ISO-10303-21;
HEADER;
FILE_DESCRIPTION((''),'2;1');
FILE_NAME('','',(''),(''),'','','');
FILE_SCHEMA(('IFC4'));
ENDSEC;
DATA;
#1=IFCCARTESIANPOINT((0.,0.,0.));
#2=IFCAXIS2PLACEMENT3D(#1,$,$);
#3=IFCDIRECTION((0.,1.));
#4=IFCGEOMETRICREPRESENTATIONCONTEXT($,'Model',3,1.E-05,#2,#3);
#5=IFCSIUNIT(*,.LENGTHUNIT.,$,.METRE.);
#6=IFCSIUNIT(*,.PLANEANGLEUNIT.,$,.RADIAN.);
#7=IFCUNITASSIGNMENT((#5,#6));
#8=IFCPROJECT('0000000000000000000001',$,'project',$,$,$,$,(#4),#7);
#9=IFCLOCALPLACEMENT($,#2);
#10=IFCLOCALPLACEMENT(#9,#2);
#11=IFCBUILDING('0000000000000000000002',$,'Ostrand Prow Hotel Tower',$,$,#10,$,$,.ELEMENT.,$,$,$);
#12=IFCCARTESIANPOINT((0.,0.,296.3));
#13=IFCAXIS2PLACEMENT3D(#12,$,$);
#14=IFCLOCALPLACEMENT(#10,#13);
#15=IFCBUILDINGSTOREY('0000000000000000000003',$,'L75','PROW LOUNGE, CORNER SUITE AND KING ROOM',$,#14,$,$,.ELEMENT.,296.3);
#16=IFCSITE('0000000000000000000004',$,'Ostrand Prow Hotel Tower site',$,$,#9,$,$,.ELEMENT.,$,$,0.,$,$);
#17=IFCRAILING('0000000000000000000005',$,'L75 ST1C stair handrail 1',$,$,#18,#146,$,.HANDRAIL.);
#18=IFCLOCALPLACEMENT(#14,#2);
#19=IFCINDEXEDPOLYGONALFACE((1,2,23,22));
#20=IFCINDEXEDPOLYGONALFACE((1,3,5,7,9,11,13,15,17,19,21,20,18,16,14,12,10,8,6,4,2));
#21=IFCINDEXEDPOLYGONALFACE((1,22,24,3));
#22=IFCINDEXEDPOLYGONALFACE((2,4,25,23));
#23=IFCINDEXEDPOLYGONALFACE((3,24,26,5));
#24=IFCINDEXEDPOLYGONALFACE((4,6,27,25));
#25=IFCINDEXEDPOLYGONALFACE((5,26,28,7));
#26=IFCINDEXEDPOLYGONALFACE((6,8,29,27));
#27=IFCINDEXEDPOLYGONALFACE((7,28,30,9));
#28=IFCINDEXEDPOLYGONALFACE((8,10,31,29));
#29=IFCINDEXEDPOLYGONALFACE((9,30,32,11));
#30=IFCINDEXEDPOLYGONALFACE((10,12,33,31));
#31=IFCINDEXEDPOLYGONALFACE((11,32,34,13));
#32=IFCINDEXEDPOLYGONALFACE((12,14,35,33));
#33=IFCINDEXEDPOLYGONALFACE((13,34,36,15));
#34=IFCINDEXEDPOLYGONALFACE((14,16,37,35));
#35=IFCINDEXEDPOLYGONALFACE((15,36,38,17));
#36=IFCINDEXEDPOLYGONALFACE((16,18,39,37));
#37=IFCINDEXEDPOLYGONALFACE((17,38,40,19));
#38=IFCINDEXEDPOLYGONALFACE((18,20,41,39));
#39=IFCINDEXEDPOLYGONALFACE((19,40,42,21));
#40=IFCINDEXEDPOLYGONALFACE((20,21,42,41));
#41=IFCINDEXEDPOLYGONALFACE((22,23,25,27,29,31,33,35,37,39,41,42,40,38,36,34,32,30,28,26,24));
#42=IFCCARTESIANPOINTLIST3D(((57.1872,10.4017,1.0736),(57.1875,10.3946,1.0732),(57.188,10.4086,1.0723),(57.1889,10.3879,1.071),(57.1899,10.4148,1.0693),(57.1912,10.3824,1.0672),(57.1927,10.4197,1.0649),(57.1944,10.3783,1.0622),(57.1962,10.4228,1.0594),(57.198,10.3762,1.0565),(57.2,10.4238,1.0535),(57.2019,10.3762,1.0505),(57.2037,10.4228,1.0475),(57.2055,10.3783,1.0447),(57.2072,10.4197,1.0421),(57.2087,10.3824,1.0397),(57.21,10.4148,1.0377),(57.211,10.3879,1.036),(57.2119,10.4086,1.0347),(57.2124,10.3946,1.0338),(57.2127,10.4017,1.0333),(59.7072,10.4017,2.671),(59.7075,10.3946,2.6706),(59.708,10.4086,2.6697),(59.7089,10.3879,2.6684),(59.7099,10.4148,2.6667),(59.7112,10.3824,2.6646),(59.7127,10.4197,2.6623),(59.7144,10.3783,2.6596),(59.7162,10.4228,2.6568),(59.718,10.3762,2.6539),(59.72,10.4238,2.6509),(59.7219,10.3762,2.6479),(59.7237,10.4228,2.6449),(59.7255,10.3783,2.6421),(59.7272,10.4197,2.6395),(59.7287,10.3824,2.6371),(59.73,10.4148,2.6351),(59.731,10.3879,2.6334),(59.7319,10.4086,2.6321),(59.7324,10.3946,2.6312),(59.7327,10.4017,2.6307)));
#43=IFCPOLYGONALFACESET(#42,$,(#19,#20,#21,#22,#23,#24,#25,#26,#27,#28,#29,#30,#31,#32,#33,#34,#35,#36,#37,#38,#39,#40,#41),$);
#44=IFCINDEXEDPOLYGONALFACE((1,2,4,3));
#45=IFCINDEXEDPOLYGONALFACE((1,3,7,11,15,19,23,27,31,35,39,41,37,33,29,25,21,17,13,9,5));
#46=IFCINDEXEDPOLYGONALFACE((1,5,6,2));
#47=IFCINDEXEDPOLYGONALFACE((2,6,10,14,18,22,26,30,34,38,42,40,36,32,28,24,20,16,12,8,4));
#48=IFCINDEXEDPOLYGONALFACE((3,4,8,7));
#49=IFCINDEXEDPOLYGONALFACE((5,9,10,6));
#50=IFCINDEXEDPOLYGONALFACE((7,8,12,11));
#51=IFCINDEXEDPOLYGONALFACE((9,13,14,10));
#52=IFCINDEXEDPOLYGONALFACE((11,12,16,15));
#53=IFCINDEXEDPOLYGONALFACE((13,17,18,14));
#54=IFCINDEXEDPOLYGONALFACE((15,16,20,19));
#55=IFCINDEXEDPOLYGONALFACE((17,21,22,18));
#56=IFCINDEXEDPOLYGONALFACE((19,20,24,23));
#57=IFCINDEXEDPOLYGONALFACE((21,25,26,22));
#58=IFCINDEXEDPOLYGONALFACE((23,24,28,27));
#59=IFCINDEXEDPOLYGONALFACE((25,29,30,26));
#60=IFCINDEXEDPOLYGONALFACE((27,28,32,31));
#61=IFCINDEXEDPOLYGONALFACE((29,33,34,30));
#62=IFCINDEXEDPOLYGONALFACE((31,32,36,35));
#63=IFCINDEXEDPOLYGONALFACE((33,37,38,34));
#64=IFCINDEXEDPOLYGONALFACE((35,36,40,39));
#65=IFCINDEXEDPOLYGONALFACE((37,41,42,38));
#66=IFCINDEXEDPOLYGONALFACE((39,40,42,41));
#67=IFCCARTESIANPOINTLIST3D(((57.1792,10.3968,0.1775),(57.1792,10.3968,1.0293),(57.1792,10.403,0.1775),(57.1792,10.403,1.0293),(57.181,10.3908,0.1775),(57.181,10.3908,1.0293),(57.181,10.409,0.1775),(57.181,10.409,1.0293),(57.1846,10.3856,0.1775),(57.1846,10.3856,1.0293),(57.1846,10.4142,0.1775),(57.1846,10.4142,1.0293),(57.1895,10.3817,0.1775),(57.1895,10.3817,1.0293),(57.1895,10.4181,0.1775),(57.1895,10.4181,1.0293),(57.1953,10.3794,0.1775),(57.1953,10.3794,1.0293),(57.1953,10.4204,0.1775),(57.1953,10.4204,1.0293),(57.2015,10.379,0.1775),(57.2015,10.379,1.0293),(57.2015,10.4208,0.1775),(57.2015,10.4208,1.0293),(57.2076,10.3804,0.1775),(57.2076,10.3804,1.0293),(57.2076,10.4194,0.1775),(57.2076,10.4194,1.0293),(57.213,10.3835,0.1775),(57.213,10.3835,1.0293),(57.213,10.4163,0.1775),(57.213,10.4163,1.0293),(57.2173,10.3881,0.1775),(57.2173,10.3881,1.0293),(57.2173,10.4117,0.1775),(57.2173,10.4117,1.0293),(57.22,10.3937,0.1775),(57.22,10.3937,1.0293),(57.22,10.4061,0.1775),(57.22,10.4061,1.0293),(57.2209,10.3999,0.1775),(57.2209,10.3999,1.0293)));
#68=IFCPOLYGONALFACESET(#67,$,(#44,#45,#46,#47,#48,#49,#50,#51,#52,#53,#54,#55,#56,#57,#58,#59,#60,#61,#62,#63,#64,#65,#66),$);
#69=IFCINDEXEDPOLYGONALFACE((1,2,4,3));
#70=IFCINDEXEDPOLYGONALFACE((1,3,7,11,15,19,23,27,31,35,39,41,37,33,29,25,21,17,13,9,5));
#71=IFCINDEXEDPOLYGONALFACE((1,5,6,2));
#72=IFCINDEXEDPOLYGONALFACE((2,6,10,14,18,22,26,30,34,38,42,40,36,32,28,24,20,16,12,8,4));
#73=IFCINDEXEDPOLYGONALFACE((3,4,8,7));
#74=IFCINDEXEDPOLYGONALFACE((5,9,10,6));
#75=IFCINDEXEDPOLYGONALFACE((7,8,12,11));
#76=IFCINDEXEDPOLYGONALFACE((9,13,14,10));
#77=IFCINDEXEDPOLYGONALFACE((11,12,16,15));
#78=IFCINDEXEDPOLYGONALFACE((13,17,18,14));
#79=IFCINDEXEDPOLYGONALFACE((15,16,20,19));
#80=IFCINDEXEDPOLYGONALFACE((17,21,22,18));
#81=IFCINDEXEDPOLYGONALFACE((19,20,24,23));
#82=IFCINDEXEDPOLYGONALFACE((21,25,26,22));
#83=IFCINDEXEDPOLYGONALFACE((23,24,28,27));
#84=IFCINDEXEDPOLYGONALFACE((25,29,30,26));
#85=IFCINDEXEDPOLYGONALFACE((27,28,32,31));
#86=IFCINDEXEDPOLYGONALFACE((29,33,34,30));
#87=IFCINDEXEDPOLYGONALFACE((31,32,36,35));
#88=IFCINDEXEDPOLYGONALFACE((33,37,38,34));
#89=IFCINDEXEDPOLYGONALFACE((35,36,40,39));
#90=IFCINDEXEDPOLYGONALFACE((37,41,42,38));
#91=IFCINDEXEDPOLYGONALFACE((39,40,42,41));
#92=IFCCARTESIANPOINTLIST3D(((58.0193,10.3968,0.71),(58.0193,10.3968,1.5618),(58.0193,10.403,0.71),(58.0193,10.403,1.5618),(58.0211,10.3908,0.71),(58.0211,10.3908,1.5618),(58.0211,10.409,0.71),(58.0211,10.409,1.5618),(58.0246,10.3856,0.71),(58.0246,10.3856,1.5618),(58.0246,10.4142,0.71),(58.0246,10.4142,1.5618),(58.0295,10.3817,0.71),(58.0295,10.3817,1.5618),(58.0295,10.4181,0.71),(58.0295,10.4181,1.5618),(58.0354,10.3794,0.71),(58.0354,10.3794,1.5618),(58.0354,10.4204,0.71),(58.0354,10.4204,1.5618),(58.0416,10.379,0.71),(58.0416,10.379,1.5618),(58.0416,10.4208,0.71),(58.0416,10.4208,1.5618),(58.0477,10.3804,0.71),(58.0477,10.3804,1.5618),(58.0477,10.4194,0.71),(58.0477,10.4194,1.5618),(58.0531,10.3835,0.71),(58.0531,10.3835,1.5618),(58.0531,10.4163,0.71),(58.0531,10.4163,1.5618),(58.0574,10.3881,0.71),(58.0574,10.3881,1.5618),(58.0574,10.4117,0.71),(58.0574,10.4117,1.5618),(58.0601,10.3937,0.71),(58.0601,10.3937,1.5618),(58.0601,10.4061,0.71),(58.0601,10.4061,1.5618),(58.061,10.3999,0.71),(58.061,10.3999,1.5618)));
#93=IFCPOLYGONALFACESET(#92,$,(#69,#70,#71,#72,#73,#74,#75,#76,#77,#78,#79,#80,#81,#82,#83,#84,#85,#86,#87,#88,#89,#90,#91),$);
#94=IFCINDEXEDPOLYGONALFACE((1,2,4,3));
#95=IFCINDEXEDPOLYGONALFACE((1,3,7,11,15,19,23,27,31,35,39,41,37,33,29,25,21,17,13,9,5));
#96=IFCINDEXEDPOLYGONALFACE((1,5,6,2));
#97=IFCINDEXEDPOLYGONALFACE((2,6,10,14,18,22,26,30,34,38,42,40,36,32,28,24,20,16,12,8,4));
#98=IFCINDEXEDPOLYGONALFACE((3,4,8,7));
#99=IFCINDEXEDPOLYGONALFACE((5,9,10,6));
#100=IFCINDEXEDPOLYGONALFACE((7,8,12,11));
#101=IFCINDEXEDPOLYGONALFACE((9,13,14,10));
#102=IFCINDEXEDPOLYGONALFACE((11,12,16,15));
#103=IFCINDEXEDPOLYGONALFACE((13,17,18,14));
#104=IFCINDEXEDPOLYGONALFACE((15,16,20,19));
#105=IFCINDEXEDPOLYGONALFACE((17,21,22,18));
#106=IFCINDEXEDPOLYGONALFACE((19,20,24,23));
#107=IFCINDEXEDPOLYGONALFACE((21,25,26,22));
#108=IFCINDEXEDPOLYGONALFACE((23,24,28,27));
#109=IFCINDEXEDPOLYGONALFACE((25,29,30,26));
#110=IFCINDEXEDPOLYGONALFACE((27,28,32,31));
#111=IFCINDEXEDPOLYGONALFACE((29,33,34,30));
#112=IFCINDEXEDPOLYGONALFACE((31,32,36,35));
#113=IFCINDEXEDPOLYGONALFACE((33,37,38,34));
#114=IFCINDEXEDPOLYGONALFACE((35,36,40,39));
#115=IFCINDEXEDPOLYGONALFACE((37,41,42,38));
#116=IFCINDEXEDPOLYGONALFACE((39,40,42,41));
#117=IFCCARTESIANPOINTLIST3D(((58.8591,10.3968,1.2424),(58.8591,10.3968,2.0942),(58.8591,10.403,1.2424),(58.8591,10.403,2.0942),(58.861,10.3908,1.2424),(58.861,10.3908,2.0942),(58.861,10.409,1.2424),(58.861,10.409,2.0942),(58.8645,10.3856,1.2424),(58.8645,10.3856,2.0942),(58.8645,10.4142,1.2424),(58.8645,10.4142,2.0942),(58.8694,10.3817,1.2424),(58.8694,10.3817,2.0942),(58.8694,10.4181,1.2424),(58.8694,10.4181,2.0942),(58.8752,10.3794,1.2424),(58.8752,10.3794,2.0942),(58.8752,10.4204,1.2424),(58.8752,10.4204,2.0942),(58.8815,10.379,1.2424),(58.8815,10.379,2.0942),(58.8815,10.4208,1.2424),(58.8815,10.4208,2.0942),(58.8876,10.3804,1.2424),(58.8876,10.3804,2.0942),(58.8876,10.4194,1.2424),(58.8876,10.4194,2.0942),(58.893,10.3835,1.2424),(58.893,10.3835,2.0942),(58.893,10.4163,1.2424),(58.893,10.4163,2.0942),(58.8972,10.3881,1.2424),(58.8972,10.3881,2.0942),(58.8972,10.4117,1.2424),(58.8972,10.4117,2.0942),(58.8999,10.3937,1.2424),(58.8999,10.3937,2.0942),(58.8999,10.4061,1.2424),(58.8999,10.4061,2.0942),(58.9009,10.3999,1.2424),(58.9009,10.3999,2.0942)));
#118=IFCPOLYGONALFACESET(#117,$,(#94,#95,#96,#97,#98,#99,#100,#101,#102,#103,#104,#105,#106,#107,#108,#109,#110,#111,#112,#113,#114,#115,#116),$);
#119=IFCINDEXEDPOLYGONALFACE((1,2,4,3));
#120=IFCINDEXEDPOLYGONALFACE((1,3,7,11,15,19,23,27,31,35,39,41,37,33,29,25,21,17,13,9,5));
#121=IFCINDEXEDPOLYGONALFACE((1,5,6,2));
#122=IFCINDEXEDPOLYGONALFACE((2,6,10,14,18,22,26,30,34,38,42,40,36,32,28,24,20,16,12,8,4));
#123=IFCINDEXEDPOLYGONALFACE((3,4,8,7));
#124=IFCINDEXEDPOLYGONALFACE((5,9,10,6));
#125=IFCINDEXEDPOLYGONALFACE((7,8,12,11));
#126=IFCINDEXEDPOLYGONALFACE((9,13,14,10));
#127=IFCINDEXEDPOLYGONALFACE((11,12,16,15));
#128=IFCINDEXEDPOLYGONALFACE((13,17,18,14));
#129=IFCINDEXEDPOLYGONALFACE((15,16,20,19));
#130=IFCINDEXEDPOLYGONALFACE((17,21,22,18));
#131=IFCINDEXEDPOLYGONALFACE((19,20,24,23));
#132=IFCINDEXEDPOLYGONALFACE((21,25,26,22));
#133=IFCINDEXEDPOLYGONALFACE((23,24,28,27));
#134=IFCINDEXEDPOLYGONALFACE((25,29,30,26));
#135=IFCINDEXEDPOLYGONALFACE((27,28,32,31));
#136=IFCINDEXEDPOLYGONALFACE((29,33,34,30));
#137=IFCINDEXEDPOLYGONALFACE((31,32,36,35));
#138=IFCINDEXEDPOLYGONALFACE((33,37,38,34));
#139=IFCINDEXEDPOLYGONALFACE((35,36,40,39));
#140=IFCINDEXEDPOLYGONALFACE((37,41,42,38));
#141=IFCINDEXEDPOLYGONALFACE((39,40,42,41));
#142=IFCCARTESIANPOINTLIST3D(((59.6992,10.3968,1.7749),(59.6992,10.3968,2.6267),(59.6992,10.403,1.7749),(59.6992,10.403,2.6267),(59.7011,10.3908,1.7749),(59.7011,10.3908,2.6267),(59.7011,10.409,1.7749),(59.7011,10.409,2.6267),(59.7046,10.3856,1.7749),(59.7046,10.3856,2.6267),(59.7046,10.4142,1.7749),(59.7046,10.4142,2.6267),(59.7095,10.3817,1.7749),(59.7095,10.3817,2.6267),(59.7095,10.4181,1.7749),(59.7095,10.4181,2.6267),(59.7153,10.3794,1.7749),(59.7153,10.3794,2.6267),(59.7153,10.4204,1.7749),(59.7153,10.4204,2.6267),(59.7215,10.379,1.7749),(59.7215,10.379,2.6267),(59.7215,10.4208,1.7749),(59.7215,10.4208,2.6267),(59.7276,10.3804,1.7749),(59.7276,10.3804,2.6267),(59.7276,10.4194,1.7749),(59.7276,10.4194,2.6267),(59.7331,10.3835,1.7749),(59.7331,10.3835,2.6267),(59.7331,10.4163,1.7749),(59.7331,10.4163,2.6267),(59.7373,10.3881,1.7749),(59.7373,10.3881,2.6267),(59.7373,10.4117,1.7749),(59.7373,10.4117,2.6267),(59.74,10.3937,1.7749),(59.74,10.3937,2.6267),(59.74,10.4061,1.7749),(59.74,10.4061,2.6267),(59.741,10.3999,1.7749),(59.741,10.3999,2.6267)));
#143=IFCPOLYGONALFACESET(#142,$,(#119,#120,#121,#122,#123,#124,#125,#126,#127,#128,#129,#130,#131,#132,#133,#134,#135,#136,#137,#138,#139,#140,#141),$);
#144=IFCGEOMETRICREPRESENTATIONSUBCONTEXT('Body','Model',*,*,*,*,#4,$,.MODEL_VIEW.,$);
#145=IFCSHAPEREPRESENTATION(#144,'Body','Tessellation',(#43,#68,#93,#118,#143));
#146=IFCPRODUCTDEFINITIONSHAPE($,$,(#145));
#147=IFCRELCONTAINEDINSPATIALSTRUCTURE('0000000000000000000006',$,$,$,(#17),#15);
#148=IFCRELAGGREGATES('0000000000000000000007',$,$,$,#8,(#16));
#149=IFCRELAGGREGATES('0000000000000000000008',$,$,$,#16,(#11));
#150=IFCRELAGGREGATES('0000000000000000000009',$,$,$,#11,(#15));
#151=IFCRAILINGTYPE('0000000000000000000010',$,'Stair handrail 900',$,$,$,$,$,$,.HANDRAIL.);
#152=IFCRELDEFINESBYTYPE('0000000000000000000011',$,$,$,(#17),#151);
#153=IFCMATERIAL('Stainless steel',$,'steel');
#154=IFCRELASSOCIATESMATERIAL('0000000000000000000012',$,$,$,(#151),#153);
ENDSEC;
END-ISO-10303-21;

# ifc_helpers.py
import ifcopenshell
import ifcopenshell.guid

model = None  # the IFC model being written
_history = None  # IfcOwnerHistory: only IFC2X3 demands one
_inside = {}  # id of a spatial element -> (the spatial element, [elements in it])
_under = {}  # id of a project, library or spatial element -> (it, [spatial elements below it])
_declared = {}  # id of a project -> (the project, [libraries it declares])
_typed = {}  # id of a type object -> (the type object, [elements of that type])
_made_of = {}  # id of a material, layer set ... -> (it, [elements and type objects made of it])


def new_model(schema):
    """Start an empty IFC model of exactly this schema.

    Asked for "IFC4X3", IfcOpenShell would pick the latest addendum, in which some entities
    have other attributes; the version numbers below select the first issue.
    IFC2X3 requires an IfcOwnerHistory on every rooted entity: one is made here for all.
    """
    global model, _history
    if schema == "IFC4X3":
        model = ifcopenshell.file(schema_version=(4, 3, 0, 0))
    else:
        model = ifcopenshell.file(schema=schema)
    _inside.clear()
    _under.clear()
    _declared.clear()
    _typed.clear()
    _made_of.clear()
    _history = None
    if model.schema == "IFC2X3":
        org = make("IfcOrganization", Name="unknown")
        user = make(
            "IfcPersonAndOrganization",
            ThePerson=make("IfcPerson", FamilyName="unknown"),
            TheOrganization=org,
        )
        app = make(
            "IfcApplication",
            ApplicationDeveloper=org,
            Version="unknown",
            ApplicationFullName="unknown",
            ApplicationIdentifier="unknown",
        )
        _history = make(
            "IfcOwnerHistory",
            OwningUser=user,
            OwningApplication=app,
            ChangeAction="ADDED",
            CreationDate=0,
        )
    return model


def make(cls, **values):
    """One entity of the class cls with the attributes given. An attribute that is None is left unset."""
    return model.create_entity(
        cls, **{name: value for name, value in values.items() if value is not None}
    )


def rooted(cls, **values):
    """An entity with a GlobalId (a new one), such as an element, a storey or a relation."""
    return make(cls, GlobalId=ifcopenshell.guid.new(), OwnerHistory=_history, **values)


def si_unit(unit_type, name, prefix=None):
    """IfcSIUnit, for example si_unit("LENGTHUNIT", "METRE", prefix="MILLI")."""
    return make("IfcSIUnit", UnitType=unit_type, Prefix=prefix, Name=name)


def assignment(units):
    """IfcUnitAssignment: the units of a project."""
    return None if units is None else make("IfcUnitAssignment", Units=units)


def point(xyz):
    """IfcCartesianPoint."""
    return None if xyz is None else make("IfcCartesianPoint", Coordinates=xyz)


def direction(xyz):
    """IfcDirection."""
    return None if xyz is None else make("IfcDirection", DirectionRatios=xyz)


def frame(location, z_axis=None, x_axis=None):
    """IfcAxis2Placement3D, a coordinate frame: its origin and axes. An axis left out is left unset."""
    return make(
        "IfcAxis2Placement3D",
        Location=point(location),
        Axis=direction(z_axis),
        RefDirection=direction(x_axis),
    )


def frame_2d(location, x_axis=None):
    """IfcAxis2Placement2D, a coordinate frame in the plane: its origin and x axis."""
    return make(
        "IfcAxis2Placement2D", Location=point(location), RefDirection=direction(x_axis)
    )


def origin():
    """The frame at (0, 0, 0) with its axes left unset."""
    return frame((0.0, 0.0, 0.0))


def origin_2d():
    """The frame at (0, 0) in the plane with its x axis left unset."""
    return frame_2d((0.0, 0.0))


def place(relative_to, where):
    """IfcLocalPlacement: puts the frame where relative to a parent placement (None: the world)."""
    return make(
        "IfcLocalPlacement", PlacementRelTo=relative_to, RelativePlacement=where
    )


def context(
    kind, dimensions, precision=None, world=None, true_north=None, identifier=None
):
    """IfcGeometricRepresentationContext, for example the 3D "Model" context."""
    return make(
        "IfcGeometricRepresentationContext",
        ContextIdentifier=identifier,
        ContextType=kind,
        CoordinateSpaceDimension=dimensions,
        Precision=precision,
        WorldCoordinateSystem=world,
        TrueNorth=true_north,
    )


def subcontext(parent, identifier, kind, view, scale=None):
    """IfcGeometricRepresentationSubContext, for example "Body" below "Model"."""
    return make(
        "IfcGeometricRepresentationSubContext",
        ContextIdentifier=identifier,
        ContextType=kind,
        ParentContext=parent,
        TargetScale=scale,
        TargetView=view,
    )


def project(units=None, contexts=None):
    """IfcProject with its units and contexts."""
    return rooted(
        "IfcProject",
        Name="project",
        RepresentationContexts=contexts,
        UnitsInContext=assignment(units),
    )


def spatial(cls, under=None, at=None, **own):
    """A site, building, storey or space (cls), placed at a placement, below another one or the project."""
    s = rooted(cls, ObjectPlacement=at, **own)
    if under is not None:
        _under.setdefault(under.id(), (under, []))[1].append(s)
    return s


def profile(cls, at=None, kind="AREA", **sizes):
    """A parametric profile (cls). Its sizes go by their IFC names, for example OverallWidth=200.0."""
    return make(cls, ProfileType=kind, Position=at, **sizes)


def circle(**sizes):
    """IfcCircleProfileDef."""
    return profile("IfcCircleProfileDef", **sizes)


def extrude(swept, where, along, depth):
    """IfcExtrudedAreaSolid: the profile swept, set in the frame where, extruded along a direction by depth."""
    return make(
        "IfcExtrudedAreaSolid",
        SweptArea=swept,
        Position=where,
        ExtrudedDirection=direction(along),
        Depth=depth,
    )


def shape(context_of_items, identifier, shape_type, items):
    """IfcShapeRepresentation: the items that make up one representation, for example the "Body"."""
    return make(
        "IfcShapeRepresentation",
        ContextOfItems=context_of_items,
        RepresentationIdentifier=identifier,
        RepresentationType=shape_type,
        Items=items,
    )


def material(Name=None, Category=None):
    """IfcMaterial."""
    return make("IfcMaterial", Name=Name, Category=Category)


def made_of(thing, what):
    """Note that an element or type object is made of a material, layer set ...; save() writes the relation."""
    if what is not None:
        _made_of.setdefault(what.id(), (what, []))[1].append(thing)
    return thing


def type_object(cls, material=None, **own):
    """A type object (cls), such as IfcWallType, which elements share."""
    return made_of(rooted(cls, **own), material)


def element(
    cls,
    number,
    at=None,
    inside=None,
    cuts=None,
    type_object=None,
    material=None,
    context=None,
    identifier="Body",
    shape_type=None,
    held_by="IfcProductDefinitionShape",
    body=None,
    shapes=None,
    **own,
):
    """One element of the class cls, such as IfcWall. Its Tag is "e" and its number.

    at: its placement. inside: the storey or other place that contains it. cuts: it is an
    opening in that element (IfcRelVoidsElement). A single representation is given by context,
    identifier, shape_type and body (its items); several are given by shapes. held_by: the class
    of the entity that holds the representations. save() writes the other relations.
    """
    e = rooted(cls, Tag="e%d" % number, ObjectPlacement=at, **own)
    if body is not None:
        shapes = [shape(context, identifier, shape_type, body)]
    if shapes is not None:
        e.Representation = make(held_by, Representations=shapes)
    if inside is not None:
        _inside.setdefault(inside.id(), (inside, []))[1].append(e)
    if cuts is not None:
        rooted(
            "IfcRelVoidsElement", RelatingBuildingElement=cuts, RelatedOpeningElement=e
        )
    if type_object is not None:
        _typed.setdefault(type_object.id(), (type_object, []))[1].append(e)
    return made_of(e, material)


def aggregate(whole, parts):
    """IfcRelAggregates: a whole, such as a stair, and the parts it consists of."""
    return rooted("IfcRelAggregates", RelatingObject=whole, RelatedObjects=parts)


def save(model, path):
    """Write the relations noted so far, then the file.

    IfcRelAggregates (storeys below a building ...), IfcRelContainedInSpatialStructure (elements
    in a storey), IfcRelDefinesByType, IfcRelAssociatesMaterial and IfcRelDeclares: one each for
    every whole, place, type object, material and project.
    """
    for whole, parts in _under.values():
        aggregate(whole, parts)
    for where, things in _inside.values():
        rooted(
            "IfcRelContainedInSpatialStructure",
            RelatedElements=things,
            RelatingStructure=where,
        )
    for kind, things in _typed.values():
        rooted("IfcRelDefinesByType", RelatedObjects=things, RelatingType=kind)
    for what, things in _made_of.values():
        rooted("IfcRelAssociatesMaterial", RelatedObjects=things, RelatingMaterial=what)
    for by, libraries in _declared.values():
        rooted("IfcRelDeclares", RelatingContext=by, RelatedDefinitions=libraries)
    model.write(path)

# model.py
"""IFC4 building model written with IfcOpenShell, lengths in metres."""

from ifc_helpers import new_model, si_unit, direction, frame, origin, origin_2d, place, context, subcontext, project, spatial, circle, extrude, material, type_object, element, save


model = new_model("IFC4")

# Units and contexts
model_context = context("Model", 3, precision=1e-05, world=origin(), true_north=direction((0.0, 1.0)))
body_context = subcontext(model_context, "Body", "Model", "MODEL_VIEW")
ifc_project = project(units=[si_unit("LENGTHUNIT", "METRE"), si_unit("PLANEANGLEUNIT", "RADIAN")], contexts=[model_context])

# Site, building, storey
site_placement = place(None, origin())
site = spatial("IfcSite", under=ifc_project, at=site_placement, Name="Ostrand Prow Hotel Tower site", CompositionType="ELEMENT", RefElevation=0.0)
building_placement = place(site_placement, origin())
building = spatial("IfcBuilding", under=site, at=building_placement, Name="Ostrand Prow Hotel Tower", CompositionType="ELEMENT")
storey_placement = place(building_placement, frame((0.0, 0.0, 296.3)))
storey = spatial("IfcBuildingStorey", under=building, at=storey_placement, Name="L75", Description="PROW LOUNGE, CORNER SUITE AND KING ROOM", CompositionType="ELEMENT", Elevation=296.3)

# Railing
ifc_material_1 = material(Name="Stainless steel", Category="steel")
railing_type_1 = type_object("IfcRailingType", Name="Stair handrail 900", PredefinedType="HANDRAIL", material=ifc_material_1)
railing_1_placement = place(storey_placement, frame((57.2, 10.3999, 0.1775)))
element("IfcRailing", 1, at=railing_1_placement, inside=storey, type_object=railing_type_1, Name="L75 ST1C stair handrail 1", PredefinedType="HANDRAIL", context=body_context, shape_type="SweptSolid", body=[
    extrude(circle(Radius=0.0239, at=origin_2d()), frame((0.0, 0.0, 0.876), z_axis=(0.844607, 0.0, 0.535387), x_axis=(0.0, 1.0, 0.0)), (0.0, 0.0, 1.0), 2.9836),
    extrude(circle(Radius=0.021, at=origin_2d()), origin(), (0.0, 0.0, 1.0), 0.8518),
    extrude(circle(Radius=0.021, at=origin_2d()), frame((0.8401, 0.0, 0.5325)), (0.0, 0.0, 1.0), 0.8518),
    extrude(circle(Radius=0.021, at=origin_2d()), frame((1.6799, 0.0, 1.0649)), (0.0, 0.0, 1.0), 0.8518),
    extrude(circle(Radius=0.021, at=origin_2d()), frame((2.52, 0.0, 1.5974)), (0.0, 0.0, 1.0), 0.8518),
])

save(model, "model.ifc")
